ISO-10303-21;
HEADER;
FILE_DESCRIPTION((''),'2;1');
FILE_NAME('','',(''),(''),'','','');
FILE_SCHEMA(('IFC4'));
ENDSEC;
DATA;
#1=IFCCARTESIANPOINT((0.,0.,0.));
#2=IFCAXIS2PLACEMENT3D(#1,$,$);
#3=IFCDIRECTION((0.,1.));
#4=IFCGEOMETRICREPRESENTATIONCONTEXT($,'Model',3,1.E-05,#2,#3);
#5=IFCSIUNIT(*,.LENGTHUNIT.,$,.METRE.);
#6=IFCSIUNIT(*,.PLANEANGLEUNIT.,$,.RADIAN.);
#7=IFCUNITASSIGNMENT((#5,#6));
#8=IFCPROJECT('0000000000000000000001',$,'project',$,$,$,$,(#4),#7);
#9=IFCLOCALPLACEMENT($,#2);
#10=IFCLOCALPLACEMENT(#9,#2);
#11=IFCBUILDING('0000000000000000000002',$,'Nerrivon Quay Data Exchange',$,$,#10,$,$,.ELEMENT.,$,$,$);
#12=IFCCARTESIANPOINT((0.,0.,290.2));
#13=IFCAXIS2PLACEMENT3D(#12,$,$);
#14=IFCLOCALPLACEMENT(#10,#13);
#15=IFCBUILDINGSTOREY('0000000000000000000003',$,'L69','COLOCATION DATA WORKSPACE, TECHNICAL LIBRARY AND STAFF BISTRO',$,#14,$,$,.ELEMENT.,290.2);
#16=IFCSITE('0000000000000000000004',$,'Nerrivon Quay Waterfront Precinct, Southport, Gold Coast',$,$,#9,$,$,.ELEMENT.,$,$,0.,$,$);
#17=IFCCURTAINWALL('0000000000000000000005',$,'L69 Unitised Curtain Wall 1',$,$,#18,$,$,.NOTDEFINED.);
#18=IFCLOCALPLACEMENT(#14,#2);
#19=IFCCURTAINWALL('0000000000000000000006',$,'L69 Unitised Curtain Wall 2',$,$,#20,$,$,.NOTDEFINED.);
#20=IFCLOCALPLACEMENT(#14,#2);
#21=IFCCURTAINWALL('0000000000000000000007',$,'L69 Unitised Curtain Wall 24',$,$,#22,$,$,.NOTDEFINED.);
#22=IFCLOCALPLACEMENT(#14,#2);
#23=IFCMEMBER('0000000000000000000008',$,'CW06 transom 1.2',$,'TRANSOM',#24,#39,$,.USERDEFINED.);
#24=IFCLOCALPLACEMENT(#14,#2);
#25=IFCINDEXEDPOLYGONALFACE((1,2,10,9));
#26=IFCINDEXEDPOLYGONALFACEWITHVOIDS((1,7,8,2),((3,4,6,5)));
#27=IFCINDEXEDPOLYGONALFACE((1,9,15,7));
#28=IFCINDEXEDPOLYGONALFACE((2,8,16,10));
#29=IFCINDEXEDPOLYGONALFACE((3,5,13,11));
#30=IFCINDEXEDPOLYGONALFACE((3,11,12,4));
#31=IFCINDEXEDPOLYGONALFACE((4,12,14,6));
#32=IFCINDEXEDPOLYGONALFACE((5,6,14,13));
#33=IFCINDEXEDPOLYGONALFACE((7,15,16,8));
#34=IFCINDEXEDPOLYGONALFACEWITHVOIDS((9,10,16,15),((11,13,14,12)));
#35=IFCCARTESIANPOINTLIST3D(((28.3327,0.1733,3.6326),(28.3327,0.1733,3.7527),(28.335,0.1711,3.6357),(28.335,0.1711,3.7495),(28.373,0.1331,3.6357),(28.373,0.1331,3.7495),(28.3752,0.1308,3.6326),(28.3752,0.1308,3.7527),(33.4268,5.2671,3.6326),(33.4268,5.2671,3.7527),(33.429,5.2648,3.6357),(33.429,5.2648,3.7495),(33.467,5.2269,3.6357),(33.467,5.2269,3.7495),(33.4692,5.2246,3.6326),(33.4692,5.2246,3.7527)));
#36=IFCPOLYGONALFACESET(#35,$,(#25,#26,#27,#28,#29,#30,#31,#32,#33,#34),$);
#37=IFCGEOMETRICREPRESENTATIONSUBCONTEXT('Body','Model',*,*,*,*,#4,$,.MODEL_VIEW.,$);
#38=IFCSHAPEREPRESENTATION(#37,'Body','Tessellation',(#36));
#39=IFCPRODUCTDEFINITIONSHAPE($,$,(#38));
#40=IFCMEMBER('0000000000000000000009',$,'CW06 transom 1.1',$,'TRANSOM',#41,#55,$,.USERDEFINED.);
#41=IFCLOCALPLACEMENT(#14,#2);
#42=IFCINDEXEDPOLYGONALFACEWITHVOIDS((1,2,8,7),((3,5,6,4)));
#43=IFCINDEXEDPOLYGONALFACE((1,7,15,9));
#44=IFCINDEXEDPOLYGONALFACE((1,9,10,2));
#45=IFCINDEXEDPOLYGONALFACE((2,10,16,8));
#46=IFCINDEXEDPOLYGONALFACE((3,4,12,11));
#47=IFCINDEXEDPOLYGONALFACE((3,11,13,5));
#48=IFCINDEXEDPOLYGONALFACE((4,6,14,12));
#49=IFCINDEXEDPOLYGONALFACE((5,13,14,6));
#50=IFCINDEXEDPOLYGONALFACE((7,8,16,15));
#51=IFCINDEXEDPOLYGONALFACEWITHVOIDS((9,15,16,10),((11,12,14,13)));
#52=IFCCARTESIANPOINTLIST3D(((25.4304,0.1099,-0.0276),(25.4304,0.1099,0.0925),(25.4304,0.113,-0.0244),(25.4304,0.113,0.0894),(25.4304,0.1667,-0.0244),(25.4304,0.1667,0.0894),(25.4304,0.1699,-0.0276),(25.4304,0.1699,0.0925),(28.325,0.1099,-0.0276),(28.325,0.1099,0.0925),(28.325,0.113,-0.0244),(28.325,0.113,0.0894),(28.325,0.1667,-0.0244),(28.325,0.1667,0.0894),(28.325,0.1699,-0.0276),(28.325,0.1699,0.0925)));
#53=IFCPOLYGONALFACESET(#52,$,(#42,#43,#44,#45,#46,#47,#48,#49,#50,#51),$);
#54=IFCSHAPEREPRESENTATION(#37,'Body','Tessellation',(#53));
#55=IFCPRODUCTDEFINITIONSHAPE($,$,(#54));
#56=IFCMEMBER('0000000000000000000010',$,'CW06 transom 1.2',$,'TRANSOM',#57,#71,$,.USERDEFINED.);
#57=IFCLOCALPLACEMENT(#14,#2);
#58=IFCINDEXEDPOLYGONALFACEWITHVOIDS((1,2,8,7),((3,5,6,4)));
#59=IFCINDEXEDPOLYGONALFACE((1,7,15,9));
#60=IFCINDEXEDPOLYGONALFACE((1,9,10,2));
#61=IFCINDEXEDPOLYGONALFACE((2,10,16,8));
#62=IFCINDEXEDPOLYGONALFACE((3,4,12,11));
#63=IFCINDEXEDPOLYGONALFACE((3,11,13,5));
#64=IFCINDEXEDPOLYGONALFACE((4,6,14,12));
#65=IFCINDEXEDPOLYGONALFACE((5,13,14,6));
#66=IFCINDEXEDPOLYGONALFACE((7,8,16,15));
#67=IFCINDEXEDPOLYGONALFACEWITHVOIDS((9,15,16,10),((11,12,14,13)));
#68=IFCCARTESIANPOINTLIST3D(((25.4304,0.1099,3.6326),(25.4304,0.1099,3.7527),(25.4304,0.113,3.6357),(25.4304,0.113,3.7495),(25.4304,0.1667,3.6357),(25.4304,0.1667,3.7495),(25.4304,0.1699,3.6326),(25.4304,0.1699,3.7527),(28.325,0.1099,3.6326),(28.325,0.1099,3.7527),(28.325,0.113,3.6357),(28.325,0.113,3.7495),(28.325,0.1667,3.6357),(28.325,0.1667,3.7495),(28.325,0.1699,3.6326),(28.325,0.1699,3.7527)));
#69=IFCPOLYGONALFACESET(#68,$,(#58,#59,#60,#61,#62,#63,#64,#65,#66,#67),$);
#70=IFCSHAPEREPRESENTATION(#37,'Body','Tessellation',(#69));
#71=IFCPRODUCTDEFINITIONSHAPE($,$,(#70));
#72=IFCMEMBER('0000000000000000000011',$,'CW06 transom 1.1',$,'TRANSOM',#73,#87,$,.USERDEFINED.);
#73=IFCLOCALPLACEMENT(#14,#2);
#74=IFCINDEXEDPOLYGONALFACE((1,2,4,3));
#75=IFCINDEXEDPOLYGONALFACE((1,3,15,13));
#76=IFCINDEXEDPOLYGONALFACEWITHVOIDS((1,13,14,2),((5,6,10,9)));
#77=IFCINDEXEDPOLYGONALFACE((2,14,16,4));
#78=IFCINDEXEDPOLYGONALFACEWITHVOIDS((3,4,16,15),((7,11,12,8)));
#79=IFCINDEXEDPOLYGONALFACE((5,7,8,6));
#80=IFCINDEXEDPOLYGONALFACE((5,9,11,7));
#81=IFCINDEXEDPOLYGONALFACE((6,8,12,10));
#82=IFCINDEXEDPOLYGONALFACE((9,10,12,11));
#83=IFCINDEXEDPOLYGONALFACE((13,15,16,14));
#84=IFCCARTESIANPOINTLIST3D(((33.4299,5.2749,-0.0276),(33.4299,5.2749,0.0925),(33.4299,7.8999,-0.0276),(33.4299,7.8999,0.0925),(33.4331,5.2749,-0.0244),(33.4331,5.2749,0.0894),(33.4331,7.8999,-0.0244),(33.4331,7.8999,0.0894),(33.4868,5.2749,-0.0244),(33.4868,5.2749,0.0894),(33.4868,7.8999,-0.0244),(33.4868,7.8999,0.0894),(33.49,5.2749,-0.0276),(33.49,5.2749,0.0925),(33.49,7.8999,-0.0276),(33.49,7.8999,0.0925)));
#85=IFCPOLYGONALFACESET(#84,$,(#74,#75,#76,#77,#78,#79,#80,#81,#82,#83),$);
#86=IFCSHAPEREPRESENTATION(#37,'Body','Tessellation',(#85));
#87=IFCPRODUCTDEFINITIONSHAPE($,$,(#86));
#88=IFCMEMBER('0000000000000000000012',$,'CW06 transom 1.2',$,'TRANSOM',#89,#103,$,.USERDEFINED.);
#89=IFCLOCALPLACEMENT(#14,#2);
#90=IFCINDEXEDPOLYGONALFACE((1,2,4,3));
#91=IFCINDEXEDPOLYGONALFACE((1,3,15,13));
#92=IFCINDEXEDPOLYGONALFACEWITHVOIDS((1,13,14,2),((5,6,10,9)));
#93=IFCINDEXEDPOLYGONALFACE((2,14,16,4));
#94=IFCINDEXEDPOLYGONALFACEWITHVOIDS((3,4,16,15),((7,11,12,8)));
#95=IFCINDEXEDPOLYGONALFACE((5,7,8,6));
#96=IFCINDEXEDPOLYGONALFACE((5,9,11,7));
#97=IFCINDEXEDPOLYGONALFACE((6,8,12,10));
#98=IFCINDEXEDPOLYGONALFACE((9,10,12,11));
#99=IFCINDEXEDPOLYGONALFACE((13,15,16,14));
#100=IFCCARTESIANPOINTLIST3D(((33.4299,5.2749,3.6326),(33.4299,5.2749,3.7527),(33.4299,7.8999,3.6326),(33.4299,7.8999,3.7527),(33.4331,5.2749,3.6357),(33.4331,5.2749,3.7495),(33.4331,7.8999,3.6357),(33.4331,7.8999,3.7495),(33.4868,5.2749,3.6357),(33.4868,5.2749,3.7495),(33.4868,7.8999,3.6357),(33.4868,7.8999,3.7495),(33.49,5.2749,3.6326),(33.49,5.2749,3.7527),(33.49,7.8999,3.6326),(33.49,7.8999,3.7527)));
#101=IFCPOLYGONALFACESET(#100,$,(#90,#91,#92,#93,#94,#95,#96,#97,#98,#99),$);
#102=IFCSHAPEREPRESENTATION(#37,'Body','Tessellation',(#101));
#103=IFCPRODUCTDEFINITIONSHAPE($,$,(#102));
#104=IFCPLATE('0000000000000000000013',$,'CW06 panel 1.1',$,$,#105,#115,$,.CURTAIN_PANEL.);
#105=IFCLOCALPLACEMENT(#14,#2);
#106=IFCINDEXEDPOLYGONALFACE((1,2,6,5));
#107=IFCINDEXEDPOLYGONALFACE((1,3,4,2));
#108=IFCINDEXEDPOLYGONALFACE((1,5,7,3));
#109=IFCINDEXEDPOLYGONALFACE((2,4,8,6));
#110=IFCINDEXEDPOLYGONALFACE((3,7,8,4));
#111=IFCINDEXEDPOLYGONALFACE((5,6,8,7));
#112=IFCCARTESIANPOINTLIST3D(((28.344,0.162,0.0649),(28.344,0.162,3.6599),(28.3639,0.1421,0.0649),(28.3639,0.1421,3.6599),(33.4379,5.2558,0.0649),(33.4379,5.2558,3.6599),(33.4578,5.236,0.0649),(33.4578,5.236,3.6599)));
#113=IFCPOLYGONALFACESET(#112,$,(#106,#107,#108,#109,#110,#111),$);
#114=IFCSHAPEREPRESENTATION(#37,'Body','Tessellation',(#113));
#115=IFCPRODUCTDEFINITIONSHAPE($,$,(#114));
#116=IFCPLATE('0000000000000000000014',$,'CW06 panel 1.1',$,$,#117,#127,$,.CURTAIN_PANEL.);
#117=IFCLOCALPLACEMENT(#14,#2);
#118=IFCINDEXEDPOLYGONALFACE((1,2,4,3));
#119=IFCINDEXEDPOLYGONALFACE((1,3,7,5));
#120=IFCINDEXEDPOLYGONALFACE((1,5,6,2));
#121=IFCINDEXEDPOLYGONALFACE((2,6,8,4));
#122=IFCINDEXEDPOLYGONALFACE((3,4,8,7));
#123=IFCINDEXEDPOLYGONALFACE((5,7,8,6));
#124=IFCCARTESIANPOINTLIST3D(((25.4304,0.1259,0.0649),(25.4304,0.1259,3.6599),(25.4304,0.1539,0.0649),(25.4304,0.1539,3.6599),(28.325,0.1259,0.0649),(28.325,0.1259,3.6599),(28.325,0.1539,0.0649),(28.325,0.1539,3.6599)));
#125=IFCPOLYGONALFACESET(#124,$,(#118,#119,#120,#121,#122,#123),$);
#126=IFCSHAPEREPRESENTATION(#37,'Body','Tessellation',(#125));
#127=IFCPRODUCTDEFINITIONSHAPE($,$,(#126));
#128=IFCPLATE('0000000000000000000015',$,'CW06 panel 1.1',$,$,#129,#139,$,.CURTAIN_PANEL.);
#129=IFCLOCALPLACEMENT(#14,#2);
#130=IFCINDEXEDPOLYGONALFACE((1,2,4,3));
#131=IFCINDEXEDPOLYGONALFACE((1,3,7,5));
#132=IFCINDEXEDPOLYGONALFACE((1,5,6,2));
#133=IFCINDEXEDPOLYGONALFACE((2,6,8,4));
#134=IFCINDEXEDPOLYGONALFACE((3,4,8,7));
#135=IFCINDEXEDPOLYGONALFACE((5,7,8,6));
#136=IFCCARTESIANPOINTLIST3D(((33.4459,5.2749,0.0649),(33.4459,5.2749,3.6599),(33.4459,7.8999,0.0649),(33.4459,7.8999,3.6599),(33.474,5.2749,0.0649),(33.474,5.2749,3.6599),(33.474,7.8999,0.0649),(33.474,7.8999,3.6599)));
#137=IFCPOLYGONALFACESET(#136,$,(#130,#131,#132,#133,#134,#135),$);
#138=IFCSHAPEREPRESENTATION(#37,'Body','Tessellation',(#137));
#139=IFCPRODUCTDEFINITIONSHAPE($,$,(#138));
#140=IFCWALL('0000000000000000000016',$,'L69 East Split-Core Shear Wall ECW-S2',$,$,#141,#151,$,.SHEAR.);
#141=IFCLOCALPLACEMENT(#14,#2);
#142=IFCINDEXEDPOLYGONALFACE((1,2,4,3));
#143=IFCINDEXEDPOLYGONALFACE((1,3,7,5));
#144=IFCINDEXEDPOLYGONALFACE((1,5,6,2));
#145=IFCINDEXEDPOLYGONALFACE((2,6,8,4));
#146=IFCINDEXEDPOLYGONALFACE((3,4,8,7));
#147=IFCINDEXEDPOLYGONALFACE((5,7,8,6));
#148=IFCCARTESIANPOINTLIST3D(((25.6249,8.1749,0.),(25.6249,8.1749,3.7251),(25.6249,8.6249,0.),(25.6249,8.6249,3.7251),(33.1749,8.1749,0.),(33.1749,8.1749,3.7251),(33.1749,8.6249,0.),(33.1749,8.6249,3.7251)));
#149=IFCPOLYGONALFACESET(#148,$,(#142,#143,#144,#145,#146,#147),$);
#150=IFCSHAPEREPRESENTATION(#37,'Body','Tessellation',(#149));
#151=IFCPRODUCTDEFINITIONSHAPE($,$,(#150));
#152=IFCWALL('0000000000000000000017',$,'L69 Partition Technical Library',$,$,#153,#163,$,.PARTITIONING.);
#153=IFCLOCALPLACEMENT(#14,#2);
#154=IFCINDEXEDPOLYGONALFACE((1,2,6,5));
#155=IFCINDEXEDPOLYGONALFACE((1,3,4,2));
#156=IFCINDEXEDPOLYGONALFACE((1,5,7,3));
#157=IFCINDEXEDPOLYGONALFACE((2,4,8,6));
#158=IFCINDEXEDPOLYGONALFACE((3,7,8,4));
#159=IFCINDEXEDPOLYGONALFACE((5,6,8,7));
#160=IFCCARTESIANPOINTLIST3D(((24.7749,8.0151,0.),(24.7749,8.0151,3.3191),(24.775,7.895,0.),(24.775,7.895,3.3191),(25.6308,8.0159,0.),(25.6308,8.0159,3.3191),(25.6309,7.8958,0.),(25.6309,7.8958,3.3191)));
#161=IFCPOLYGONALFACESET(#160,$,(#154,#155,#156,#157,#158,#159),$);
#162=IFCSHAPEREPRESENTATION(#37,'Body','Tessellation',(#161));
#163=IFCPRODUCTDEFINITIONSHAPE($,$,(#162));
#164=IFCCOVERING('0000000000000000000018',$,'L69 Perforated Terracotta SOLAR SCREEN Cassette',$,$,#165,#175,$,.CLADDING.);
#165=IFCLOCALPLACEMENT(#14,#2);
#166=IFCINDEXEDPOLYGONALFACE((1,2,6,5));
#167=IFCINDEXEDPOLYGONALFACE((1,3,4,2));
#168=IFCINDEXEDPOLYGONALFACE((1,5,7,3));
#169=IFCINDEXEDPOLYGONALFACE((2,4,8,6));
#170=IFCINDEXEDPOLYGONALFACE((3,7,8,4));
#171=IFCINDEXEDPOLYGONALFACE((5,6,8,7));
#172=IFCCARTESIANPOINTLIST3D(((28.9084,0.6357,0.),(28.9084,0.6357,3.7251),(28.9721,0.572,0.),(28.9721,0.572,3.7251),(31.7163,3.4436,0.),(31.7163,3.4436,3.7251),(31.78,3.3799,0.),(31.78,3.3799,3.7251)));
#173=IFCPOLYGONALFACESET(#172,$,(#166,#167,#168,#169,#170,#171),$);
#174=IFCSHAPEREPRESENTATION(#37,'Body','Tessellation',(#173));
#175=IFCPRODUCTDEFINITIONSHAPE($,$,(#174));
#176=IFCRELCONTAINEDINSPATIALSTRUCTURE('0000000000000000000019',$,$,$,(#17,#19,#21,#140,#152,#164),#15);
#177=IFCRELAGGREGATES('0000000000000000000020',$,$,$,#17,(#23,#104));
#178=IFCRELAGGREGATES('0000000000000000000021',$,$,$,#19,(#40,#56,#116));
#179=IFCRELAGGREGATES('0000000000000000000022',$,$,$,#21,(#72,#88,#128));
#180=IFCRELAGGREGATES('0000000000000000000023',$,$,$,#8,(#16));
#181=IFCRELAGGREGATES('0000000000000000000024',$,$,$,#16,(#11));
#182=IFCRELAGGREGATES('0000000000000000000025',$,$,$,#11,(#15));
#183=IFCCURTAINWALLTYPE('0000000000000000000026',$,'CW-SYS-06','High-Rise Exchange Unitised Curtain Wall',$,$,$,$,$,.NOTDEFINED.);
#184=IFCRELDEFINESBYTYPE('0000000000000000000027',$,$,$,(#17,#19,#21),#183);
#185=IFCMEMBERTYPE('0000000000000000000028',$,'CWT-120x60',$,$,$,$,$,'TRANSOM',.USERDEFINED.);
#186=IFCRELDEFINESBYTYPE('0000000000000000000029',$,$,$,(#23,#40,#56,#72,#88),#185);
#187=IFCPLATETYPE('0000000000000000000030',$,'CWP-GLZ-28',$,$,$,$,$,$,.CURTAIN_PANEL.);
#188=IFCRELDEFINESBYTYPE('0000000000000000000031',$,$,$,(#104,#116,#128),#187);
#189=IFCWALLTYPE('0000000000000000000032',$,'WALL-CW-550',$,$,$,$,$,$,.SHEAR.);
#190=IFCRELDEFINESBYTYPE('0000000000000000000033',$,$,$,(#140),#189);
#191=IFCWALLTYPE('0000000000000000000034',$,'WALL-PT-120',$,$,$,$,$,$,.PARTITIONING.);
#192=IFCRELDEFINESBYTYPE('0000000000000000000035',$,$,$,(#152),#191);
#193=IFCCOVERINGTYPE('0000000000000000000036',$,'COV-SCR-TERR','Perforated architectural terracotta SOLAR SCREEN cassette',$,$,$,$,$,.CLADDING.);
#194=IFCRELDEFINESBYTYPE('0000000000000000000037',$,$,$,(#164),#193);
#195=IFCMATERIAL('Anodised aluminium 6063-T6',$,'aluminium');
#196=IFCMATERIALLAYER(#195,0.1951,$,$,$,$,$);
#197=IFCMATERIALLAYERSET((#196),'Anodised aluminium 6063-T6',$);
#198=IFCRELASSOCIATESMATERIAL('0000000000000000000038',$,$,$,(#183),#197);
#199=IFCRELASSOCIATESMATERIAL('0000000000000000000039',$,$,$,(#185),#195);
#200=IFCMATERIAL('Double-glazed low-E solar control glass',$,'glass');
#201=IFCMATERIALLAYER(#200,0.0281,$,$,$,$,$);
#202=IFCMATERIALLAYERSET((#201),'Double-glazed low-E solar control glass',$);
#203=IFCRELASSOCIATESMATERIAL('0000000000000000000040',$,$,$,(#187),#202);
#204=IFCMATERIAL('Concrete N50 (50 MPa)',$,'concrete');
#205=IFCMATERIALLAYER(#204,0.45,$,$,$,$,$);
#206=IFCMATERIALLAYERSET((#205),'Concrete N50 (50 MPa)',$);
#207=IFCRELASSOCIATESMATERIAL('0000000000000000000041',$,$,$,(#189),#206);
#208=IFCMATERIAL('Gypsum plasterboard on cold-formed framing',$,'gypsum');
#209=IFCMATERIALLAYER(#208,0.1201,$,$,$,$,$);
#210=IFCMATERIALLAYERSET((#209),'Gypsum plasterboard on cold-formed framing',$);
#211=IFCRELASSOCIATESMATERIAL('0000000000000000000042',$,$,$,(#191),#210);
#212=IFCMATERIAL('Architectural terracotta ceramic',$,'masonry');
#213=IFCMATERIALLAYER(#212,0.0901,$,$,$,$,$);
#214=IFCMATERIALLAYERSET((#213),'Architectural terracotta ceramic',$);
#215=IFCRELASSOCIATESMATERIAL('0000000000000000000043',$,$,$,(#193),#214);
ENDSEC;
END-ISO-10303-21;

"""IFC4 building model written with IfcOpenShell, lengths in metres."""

from ifc_helpers import new_model, si_unit, direction, frame, frame_2d, origin, origin_2d, place, context, subcontext, project, spatial, rectangle, hollow_rectangle, extrude, material, layer, layer_set, material_profile, profile_set, type_object, element, aggregate, save


model = new_model("IFC4")

# Units and contexts
model_context = context("Model", 3, precision=1e-05, world=origin(), true_north=direction((0.0, 1.0)))
body_context = subcontext(model_context, "Body", "Model", "MODEL_VIEW")
ifc_project = project(units=[si_unit("LENGTHUNIT", "METRE"), si_unit("PLANEANGLEUNIT", "RADIAN")], contexts=[model_context])

# Site, building, storey
site_placement = place(None, origin())
site = spatial("IfcSite", under=ifc_project, at=site_placement, Name="Nerrivon Quay Waterfront Precinct, Southport, Gold Coast", CompositionType="ELEMENT", RefElevation=0.0)
building_placement = place(site_placement, origin())
building = spatial("IfcBuilding", under=site, at=building_placement, Name="Nerrivon Quay Data Exchange", CompositionType="ELEMENT")
storey_placement = place(building_placement, frame((0.0, 0.0, 290.2)))
storey = spatial("IfcBuildingStorey", under=building, at=storey_placement, Name="L69", Description="COLOCATION DATA WORKSPACE, TECHNICAL LIBRARY AND STAFF BISTRO", CompositionType="ELEMENT", Elevation=290.2)

# Shared definitions
ifc_material_1 = material(Name="Concrete N50 (50 MPa)", Category="concrete")

# Curtain walls
ifc_material_2 = material(Name="Anodised aluminium 6063-T6", Category="aluminium")
ifc_layer_1 = layer(ifc_material_2, 0.1951)
ifc_layer_set_1 = layer_set([ifc_layer_1], Name="Anodised aluminium 6063-T6")
curtain_wall_type = type_object("IfcCurtainWallType", Name="CW-SYS-06", Description="High-Rise Exchange Unitised Curtain Wall", PredefinedType="NOTDEFINED", material=ifc_layer_set_1)
curtain_wall_1_placement = place(storey_placement, origin())
curtain_wall_1 = element("IfcCurtainWall", 1, at=curtain_wall_1_placement, inside=storey, type_object=curtain_wall_type, Name="L69 Unitised Curtain Wall 1", PredefinedType="NOTDEFINED")
curtain_wall_2_placement = place(storey_placement, origin())
curtain_wall_2 = element("IfcCurtainWall", 2, at=curtain_wall_2_placement, inside=storey, type_object=curtain_wall_type, Name="L69 Unitised Curtain Wall 2", PredefinedType="NOTDEFINED")
curtain_wall_3_placement = place(storey_placement, origin())
curtain_wall_3 = element("IfcCurtainWall", 3, at=curtain_wall_3_placement, inside=storey, type_object=curtain_wall_type, Name="L69 Unitised Curtain Wall 24", PredefinedType="NOTDEFINED")

# Members
ifc_material_profile_1 = material_profile(ifc_material_2, hollow_rectangle(XDim=0.0601, YDim=0.1201, WallThickness=0.0032, at=origin_2d()), Name="ALU-TRAN-120x60")
ifc_profile_set_1 = profile_set([ifc_material_profile_1], Name="Anodised aluminium 6063-T6")
member_type_1 = type_object("IfcMemberType", Name="CWT-120x60", ElementType="TRANSOM", PredefinedType="USERDEFINED", material=ifc_profile_set_1)
member_1_placement = place(storey_placement, frame((33.448, 5.2458, 3.6926), z_axis=(-0.707124, -0.70709, 0.0), x_axis=(0.70709, -0.707124, 0.0)))
member_1 = element("IfcMember", 4, at=member_1_placement, type_object=member_type_1, Name="CW06 transom 1.2", ObjectType="TRANSOM", PredefinedType="USERDEFINED", context=body_context, shape_type="SweptSolid", body=[
    extrude(hollow_rectangle(XDim=0.0601, YDim=0.1201, WallThickness=0.0032, at=origin_2d()), origin(), (0.0, 0.0, 1.0), 7.2039),
])
member_2_placement = place(storey_placement, frame((28.325, 0.1399, 0.0325), z_axis=(-1.0, 0.0, 0.0), x_axis=(0.0, -1.0, 0.0)))
member_2 = element("IfcMember", 5, at=member_2_placement, type_object=member_type_1, Name="CW06 transom 1.1", ObjectType="TRANSOM", PredefinedType="USERDEFINED", context=body_context, shape_type="SweptSolid", body=[
    extrude(hollow_rectangle(XDim=0.0601, YDim=0.1201, WallThickness=0.0032, at=origin_2d()), origin(), (0.0, 0.0, 1.0), 2.8945),
])
member_3_placement = place(storey_placement, frame((28.325, 0.1399, 3.6926), z_axis=(-1.0, 0.0, 0.0), x_axis=(0.0, -1.0, 0.0)))
member_3 = element("IfcMember", 6, at=member_3_placement, type_object=member_type_1, Name="CW06 transom 1.2", ObjectType="TRANSOM", PredefinedType="USERDEFINED", context=body_context, shape_type="SweptSolid", body=[
    extrude(hollow_rectangle(XDim=0.0601, YDim=0.1201, WallThickness=0.0032, at=origin_2d()), origin(), (0.0, 0.0, 1.0), 2.8945),
])
member_4_placement = place(storey_placement, frame((33.46, 7.8999, 0.0325), z_axis=(0.0, -1.0, 0.0), x_axis=(1.0, 0.0, 0.0)))
member_4 = element("IfcMember", 7, at=member_4_placement, type_object=member_type_1, Name="CW06 transom 1.1", ObjectType="TRANSOM", PredefinedType="USERDEFINED", context=body_context, shape_type="SweptSolid", body=[
    extrude(hollow_rectangle(XDim=0.0601, YDim=0.1201, WallThickness=0.0032, at=origin_2d()), origin(), (0.0, 0.0, 1.0), 2.625),
])
member_5_placement = place(storey_placement, frame((33.46, 7.8999, 3.6926), z_axis=(0.0, -1.0, 0.0), x_axis=(1.0, 0.0, 0.0)))
member_5 = element("IfcMember", 8, at=member_5_placement, type_object=member_type_1, Name="CW06 transom 1.2", ObjectType="TRANSOM", PredefinedType="USERDEFINED", context=body_context, shape_type="SweptSolid", body=[
    extrude(hollow_rectangle(XDim=0.0601, YDim=0.1201, WallThickness=0.0032, at=origin_2d()), origin(), (0.0, 0.0, 1.0), 2.625),
])

# Plates
ifc_material_3 = material(Name="Double-glazed low-E solar control glass", Category="glass")
ifc_layer_2 = layer(ifc_material_3, 0.0281)
ifc_layer_set_2 = layer_set([ifc_layer_2], Name="Double-glazed low-E solar control glass")
plate_type = type_object("IfcPlateType", Name="CWP-GLZ-28", PredefinedType="CURTAIN_PANEL", material=ifc_layer_set_2)
plate_1_placement = place(storey_placement, frame((30.9009, 2.699, 0.0649), z_axis=(0.0, 0.0, 1.0), x_axis=(-0.707107, -0.707107, 0.0)))
plate_1 = element("IfcPlate", 9, at=plate_1_placement, type_object=plate_type, Name="CW06 panel 1.1", PredefinedType="CURTAIN_PANEL", context=body_context, shape_type="SweptSolid", body=[
    extrude(rectangle(XDim=7.2039, YDim=0.0281, at=origin_2d()), origin(), (0.0, 0.0, 1.0), 3.595),
])
aggregate(curtain_wall_1, [member_1, plate_1])
plate_2_placement = place(storey_placement, frame((26.8777, 0.1399, 0.0649), z_axis=(0.0, 0.0, 1.0), x_axis=(-1.0, 0.0, 0.0)))
plate_2 = element("IfcPlate", 10, at=plate_2_placement, type_object=plate_type, Name="CW06 panel 1.1", PredefinedType="CURTAIN_PANEL", context=body_context, shape_type="SweptSolid", body=[
    extrude(rectangle(XDim=2.8945, YDim=0.0281, at=origin_2d()), origin(), (0.0, 0.0, 1.0), 3.595),
])
aggregate(curtain_wall_2, [member_2, member_3, plate_2])
plate_3_placement = place(storey_placement, frame((33.46, 6.5874, 0.0649), z_axis=(0.0, 0.0, 1.0), x_axis=(0.0, -1.0, 0.0)))
plate_3 = element("IfcPlate", 11, at=plate_3_placement, type_object=plate_type, Name="CW06 panel 1.1", PredefinedType="CURTAIN_PANEL", context=body_context, shape_type="SweptSolid", body=[
    extrude(rectangle(XDim=2.625, YDim=0.0281, at=origin_2d()), origin(), (0.0, 0.0, 1.0), 3.595),
])
aggregate(curtain_wall_3, [member_4, member_5, plate_3])

# Walls
ifc_layer_3 = layer(ifc_material_1, 0.45)
ifc_layer_set_3 = layer_set([ifc_layer_3], Name="Concrete N50 (50 MPa)")
wall_type_1 = type_object("IfcWallType", Name="WALL-CW-550", PredefinedType="SHEAR", material=ifc_layer_set_3)
wall_1_placement = place(storey_placement, frame((25.625, 8.3999, 0.0), z_axis=(0.0, 0.0, 1.0), x_axis=(1.0, 0.0, 0.0)))
element("IfcWall", 12, at=wall_1_placement, inside=storey, type_object=wall_type_1, Name="L69 East Split-Core Shear Wall ECW-S2", PredefinedType="SHEAR", context=body_context, shape_type="SweptSolid", body=[
    extrude(rectangle(XDim=7.55, YDim=0.45, at=frame_2d((3.7749, 0.0))), origin(), (0.0, 0.0, 1.0), 3.7251),
])
ifc_material_4 = material(Name="Gypsum plasterboard on cold-formed framing", Category="gypsum")
ifc_layer_4 = layer(ifc_material_4, 0.1201)
ifc_layer_set_4 = layer_set([ifc_layer_4], Name="Gypsum plasterboard on cold-formed framing")
wall_type_2 = type_object("IfcWallType", Name="WALL-PT-120", PredefinedType="PARTITIONING", material=ifc_layer_set_4)
wall_2_placement = place(storey_placement, frame((25.6309, 7.9558, 0.0), z_axis=(0.0, 0.0, 1.0), x_axis=(-1.0, -0.000856, 0.0)))
element("IfcWall", 13, at=wall_2_placement, inside=storey, type_object=wall_type_2, Name="L69 Partition Technical Library", PredefinedType="PARTITIONING", context=body_context, shape_type="SweptSolid", body=[
    extrude(rectangle(XDim=0.856, YDim=0.1201, at=frame_2d((0.428, 0.0))), origin(), (0.0, 0.0, 1.0), 3.3191),
])

# Covering
ifc_material_5 = material(Name="Architectural terracotta ceramic", Category="masonry")
ifc_layer_5 = layer(ifc_material_5, 0.0901)
ifc_layer_set_5 = layer_set([ifc_layer_5], Name="Architectural terracotta ceramic")
covering_type = type_object("IfcCoveringType", Name="COV-SCR-TERR", Description="Perforated architectural terracotta SOLAR SCREEN cassette", PredefinedType="CLADDING", material=ifc_layer_set_5)
covering_placement = place(storey_placement, frame((30.3442, 2.0078, 0.0), z_axis=(0.0, 0.0, 1.0), x_axis=(-0.707107, -0.707107, 0.0)))
element("IfcCovering", 14, at=covering_placement, inside=storey, type_object=covering_type, Name="L69 Perforated Terracotta SOLAR SCREEN Cassette", PredefinedType="CLADDING", context=body_context, shape_type="SweptSolid", body=[
    extrude(rectangle(XDim=3.9709, YDim=0.0901, at=origin_2d()), origin(), (0.0, 0.0, 1.0), 3.7251),
])

save(model, "model.ifc")
